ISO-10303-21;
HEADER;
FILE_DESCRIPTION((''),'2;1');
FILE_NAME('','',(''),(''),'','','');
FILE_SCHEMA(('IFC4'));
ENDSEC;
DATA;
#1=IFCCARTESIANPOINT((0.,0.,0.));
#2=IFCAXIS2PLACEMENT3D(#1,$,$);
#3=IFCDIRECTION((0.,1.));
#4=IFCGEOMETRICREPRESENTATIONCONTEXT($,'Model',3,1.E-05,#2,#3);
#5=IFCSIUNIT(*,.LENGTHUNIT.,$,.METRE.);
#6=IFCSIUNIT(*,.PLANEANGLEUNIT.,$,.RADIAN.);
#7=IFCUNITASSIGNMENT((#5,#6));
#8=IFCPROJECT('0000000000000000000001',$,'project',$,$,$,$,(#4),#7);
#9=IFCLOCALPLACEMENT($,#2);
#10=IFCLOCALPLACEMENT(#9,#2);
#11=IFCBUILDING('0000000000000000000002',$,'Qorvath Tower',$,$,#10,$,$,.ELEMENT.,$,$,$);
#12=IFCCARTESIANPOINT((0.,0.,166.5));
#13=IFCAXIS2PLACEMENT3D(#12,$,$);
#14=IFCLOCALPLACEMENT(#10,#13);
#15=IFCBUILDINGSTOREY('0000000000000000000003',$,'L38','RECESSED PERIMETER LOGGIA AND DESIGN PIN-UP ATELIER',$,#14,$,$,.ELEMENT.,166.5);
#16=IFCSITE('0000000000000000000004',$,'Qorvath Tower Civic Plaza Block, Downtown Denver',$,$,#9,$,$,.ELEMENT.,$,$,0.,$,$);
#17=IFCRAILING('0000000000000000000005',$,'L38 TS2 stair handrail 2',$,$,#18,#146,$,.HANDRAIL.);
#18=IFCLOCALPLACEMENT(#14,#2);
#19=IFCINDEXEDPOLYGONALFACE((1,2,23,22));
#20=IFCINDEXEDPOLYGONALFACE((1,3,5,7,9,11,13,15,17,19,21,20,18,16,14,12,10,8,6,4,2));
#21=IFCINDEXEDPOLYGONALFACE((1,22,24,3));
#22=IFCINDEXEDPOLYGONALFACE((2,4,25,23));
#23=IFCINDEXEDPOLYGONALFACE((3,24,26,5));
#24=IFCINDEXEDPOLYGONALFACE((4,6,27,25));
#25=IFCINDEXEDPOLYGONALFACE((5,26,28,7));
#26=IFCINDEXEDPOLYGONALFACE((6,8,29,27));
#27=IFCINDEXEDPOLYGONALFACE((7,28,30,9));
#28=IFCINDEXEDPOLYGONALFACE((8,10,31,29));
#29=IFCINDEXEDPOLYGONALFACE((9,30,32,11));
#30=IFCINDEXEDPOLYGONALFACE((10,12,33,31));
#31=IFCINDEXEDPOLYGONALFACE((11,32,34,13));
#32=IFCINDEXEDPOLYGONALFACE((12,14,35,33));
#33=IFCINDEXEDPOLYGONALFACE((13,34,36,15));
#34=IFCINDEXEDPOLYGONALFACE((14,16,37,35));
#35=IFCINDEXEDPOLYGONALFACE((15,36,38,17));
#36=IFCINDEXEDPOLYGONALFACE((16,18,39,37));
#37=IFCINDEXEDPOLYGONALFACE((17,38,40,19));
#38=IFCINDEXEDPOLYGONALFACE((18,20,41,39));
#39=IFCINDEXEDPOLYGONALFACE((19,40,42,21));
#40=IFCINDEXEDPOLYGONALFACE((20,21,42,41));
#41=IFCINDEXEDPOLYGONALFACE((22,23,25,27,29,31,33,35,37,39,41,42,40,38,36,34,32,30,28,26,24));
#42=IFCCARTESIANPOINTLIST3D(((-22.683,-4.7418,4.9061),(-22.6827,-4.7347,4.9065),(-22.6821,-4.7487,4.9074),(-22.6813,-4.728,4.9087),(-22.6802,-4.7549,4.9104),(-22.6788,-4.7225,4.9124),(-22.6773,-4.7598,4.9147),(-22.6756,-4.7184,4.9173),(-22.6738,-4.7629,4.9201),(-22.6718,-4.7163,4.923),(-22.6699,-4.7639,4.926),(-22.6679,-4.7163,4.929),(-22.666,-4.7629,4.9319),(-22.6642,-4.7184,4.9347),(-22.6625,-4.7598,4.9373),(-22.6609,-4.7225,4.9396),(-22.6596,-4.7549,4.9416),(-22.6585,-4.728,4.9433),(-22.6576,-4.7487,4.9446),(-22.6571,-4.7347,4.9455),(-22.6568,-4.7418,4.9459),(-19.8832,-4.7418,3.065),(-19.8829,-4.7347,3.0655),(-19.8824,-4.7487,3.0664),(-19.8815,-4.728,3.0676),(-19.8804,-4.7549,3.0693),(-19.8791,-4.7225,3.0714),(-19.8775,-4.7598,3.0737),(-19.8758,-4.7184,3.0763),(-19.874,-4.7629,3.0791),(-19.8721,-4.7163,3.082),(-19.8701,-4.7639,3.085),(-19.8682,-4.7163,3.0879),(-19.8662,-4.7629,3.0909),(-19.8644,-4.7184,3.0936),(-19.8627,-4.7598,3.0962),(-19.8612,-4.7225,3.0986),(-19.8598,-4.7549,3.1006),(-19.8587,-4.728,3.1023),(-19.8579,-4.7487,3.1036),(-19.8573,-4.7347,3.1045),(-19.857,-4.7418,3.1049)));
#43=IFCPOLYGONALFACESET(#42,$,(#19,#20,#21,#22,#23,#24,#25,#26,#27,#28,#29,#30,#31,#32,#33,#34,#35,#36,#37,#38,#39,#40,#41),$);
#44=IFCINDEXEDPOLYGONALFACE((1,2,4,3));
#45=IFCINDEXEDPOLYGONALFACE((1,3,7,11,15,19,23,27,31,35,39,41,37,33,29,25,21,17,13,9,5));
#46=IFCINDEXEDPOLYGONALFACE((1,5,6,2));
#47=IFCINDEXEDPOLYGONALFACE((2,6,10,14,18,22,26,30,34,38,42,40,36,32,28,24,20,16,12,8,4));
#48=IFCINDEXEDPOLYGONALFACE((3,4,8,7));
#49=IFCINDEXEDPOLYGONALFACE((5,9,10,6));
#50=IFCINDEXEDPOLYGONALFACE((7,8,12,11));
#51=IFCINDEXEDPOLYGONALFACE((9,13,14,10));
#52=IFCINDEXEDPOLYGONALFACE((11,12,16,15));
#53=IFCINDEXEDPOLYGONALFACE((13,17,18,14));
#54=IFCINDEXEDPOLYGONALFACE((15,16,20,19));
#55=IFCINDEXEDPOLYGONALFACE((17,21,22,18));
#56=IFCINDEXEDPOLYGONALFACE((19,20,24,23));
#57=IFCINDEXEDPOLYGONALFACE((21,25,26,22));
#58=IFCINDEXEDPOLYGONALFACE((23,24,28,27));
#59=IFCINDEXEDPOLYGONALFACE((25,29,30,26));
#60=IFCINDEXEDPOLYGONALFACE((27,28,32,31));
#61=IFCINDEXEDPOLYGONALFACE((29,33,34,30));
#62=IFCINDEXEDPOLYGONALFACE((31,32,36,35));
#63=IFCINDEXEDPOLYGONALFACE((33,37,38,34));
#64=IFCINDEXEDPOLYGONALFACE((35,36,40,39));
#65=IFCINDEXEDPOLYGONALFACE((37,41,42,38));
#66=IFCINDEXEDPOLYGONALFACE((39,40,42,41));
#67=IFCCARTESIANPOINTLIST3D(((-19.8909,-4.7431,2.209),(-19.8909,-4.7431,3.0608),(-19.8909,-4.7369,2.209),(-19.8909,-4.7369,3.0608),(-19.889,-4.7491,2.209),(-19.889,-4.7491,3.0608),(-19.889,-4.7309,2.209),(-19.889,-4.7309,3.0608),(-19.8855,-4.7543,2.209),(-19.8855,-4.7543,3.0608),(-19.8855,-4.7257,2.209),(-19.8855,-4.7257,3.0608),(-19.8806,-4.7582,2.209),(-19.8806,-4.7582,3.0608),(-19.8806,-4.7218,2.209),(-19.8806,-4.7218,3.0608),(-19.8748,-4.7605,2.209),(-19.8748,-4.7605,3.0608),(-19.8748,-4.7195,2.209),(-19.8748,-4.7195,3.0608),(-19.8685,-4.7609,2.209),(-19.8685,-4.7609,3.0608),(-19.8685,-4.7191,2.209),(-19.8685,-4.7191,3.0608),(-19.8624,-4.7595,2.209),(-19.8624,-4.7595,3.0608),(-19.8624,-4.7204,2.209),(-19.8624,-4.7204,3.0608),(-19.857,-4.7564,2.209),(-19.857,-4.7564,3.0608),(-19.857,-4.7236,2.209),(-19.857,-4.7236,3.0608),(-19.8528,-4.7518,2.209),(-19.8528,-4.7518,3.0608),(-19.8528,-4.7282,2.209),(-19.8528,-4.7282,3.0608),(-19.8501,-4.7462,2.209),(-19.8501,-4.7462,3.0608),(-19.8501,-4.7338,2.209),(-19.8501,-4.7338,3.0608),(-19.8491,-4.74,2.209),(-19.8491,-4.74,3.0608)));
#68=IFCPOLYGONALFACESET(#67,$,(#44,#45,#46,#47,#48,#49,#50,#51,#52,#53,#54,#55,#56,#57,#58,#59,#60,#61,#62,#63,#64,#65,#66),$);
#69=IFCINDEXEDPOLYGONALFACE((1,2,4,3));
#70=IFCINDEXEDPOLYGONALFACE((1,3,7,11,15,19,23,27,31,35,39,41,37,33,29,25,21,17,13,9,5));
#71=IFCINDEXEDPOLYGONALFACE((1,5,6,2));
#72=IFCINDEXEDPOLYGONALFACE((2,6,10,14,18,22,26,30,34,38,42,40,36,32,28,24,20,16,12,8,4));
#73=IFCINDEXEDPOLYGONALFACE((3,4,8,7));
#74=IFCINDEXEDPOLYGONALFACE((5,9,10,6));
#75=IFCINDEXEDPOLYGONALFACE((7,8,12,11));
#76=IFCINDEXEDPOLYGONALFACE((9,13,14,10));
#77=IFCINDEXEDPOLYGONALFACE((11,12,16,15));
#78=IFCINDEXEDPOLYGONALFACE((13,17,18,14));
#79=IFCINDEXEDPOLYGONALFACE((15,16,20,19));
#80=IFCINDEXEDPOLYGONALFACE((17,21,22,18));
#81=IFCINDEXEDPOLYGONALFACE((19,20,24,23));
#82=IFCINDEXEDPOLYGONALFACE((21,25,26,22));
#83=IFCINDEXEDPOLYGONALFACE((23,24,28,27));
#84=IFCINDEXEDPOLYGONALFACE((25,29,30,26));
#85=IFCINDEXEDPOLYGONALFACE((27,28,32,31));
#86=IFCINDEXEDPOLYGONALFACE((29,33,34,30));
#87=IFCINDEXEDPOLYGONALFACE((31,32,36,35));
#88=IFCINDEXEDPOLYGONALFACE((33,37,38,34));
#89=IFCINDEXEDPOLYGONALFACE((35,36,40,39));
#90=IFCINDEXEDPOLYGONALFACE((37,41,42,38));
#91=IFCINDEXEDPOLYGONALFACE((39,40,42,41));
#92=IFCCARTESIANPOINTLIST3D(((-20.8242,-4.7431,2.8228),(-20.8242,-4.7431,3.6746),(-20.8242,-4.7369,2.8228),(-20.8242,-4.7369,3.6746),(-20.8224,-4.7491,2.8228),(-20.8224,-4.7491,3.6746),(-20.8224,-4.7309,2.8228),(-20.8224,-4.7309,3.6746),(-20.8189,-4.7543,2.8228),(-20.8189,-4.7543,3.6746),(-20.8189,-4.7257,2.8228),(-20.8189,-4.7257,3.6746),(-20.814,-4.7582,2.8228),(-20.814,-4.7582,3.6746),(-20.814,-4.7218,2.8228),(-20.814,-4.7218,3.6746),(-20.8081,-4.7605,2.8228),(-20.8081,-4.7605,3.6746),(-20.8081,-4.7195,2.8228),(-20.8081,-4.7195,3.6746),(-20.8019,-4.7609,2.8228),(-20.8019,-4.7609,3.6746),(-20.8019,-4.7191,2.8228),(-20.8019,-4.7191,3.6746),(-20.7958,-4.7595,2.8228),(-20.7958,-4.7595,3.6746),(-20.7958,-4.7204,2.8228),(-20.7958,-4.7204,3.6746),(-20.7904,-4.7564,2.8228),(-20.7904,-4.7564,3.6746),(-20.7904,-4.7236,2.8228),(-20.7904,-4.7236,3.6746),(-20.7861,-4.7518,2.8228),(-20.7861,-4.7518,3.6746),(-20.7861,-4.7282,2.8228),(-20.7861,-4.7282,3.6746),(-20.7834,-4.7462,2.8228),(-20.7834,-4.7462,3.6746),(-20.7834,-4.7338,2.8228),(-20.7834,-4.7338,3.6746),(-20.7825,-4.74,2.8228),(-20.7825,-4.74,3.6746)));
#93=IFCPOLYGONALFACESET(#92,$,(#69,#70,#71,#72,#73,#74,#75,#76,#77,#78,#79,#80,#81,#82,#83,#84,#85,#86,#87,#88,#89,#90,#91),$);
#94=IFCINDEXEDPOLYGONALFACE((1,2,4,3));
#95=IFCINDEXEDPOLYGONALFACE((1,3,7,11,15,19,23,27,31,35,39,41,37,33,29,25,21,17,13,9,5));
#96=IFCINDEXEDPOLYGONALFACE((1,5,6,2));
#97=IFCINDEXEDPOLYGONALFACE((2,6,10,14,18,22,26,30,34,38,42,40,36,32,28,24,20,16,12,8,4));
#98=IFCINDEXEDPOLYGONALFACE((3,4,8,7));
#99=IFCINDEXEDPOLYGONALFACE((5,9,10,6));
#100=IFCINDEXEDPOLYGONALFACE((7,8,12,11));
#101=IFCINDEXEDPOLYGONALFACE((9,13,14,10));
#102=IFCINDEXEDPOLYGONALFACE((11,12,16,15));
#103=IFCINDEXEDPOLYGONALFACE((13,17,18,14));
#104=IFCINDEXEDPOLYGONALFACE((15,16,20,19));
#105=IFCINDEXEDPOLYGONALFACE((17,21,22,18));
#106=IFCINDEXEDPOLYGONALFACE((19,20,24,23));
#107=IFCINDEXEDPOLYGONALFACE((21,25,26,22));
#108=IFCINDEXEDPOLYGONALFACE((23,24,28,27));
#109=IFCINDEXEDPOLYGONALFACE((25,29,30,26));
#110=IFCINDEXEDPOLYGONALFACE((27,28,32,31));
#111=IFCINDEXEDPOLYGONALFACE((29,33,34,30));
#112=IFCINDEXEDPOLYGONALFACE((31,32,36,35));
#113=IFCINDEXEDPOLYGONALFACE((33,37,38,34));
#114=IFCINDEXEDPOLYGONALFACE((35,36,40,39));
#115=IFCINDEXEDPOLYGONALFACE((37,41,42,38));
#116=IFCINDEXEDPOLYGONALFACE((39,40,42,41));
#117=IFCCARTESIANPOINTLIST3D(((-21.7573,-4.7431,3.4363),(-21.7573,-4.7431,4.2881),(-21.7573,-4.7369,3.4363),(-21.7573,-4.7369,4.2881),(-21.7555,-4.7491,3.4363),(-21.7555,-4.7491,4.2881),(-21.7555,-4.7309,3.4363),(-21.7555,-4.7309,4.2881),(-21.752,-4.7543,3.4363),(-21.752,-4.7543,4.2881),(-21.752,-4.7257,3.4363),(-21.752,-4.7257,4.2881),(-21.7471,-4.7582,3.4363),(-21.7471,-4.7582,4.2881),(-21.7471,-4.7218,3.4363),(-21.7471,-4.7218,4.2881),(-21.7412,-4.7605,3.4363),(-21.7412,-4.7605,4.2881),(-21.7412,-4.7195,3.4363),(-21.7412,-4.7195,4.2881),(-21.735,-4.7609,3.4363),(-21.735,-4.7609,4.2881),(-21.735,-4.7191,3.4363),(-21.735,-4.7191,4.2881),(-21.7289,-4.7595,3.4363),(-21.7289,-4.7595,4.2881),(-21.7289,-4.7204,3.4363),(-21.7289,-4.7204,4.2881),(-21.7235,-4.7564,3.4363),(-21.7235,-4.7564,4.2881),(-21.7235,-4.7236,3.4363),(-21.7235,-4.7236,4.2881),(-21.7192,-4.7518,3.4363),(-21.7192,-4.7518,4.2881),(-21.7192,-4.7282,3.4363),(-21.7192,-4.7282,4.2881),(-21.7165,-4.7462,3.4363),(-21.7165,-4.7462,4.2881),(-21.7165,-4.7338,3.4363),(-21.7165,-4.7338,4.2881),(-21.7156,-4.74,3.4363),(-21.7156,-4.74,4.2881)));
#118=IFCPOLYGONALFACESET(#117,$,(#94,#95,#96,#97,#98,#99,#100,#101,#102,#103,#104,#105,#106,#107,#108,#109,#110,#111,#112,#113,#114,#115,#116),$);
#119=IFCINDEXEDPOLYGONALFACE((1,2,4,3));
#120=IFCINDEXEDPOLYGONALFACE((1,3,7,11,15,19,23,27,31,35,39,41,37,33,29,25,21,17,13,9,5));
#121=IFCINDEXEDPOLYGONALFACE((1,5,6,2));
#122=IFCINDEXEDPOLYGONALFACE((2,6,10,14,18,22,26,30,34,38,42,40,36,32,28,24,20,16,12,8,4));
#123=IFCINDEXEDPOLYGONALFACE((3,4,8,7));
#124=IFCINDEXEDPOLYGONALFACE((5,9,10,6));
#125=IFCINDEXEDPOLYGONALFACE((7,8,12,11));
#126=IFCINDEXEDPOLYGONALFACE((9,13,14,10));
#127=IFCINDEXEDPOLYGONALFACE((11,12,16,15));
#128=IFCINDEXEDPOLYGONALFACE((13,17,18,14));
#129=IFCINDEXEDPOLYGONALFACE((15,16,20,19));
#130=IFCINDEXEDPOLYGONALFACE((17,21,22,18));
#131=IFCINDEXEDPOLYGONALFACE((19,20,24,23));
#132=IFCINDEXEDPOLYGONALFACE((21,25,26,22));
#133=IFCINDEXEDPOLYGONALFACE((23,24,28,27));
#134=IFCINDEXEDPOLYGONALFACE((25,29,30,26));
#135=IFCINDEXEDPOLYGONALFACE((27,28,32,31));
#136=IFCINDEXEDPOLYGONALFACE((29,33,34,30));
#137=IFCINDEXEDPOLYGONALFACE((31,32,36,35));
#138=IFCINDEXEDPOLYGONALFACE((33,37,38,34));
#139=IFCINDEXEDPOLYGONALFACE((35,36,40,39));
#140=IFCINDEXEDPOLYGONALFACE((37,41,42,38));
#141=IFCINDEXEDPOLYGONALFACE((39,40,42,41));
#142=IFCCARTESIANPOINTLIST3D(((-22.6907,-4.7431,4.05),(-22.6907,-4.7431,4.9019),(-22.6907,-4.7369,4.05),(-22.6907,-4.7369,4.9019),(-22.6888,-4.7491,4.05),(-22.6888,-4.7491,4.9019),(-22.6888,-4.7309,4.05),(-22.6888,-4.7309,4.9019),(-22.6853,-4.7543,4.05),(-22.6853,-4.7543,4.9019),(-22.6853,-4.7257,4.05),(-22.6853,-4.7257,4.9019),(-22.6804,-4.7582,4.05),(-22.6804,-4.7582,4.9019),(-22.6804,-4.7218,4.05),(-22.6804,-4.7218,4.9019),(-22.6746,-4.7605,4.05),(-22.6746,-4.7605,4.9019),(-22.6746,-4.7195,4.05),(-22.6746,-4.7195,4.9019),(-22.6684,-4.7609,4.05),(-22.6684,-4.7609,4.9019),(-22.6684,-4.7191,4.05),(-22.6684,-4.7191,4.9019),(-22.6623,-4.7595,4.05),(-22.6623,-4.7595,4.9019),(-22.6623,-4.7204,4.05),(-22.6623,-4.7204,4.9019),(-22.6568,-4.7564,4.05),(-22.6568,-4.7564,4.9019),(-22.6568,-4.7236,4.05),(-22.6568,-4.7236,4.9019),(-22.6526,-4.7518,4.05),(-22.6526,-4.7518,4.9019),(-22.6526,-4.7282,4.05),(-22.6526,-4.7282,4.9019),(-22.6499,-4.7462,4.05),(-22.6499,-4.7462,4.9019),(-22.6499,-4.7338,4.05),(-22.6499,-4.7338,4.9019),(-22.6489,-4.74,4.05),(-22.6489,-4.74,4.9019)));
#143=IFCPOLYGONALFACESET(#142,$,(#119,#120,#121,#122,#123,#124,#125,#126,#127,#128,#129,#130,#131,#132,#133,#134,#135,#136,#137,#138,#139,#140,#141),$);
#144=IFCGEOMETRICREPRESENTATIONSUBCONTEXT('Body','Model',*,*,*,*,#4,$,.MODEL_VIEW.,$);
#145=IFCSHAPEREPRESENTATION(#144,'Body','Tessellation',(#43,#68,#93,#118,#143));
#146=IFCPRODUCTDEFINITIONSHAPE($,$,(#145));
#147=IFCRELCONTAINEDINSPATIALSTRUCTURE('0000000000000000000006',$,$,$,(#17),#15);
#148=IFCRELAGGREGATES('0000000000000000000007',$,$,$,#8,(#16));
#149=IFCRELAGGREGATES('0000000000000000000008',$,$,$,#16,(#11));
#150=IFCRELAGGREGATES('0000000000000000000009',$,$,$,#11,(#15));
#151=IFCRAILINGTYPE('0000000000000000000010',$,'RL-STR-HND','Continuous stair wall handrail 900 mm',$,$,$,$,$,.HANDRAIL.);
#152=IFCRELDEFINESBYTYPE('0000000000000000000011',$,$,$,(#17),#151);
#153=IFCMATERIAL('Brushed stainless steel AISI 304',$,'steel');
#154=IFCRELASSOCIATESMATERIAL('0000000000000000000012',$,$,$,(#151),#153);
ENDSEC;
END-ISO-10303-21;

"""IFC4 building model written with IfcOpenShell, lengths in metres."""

from ifc_helpers import new_model, si_unit, direction, frame, origin, origin_2d, place, context, subcontext, project, spatial, circle, extrude, material, type_object, element, save


model = new_model("IFC4")

# Units and contexts
model_context = context("Model", 3, precision=1e-05, world=origin(), true_north=direction((0.0, 1.0)))
body_context = subcontext(model_context, "Body", "Model", "MODEL_VIEW")
ifc_project = project(units=[si_unit("LENGTHUNIT", "METRE"), si_unit("PLANEANGLEUNIT", "RADIAN")], contexts=[model_context])

# Site, building, storey
site_placement = place(None, origin())
site = spatial("IfcSite", under=ifc_project, at=site_placement, Name="Qorvath Tower Civic Plaza Block, Downtown Denver", CompositionType="ELEMENT", RefElevation=0.0)
building_placement = place(site_placement, origin())
building = spatial("IfcBuilding", under=site, at=building_placement, Name="Qorvath Tower", CompositionType="ELEMENT")
storey_placement = place(building_placement, frame((0.0, 0.0, 166.5)))
storey = spatial("IfcBuildingStorey", under=building, at=storey_placement, Name="L38", Description="RECESSED PERIMETER LOGGIA AND DESIGN PIN-UP ATELIER", CompositionType="ELEMENT", Elevation=166.5)

# Railing
ifc_material_1 = material(Name="Brushed stainless steel AISI 304", Category="steel")
railing_type_1 = type_object("IfcRailingType", Name="RL-STR-HND", Description="Continuous stair wall handrail 900 mm", PredefinedType="HANDRAIL", material=ifc_material_1)
railing_1_placement = place(storey_placement, frame((-19.8701, -4.74, 2.209)))
element("IfcRailing", 1, at=railing_1_placement, inside=storey, type_object=railing_type_1, Name="L38 TS2 stair handrail 2", PredefinedType="HANDRAIL", context=body_context, shape_type="SweptSolid", body=[
    extrude(circle(Radius=0.0239, at=origin_2d()), frame((0.0, 0.0, 0.876), z_axis=(-0.835542, 0.0, 0.549426), x_axis=(0.0, -1.0, 0.0)), (0.0, 0.0, 1.0), 3.3508),
    extrude(circle(Radius=0.021, at=origin_2d()), origin(), (0.0, 0.0, 1.0), 0.8518),
    extrude(circle(Radius=0.021, at=origin_2d()), frame((-0.9333, 0.0, 0.6138)), (0.0, 0.0, 1.0), 0.8518),
    extrude(circle(Radius=0.021, at=origin_2d()), frame((-1.8665, 0.0, 1.2273)), (0.0, 0.0, 1.0), 0.8518),
    extrude(circle(Radius=0.021, at=origin_2d()), frame((-2.7998, 0.0, 1.8411)), (0.0, 0.0, 1.0), 0.8518),
])

save(model, "model.ifc")
